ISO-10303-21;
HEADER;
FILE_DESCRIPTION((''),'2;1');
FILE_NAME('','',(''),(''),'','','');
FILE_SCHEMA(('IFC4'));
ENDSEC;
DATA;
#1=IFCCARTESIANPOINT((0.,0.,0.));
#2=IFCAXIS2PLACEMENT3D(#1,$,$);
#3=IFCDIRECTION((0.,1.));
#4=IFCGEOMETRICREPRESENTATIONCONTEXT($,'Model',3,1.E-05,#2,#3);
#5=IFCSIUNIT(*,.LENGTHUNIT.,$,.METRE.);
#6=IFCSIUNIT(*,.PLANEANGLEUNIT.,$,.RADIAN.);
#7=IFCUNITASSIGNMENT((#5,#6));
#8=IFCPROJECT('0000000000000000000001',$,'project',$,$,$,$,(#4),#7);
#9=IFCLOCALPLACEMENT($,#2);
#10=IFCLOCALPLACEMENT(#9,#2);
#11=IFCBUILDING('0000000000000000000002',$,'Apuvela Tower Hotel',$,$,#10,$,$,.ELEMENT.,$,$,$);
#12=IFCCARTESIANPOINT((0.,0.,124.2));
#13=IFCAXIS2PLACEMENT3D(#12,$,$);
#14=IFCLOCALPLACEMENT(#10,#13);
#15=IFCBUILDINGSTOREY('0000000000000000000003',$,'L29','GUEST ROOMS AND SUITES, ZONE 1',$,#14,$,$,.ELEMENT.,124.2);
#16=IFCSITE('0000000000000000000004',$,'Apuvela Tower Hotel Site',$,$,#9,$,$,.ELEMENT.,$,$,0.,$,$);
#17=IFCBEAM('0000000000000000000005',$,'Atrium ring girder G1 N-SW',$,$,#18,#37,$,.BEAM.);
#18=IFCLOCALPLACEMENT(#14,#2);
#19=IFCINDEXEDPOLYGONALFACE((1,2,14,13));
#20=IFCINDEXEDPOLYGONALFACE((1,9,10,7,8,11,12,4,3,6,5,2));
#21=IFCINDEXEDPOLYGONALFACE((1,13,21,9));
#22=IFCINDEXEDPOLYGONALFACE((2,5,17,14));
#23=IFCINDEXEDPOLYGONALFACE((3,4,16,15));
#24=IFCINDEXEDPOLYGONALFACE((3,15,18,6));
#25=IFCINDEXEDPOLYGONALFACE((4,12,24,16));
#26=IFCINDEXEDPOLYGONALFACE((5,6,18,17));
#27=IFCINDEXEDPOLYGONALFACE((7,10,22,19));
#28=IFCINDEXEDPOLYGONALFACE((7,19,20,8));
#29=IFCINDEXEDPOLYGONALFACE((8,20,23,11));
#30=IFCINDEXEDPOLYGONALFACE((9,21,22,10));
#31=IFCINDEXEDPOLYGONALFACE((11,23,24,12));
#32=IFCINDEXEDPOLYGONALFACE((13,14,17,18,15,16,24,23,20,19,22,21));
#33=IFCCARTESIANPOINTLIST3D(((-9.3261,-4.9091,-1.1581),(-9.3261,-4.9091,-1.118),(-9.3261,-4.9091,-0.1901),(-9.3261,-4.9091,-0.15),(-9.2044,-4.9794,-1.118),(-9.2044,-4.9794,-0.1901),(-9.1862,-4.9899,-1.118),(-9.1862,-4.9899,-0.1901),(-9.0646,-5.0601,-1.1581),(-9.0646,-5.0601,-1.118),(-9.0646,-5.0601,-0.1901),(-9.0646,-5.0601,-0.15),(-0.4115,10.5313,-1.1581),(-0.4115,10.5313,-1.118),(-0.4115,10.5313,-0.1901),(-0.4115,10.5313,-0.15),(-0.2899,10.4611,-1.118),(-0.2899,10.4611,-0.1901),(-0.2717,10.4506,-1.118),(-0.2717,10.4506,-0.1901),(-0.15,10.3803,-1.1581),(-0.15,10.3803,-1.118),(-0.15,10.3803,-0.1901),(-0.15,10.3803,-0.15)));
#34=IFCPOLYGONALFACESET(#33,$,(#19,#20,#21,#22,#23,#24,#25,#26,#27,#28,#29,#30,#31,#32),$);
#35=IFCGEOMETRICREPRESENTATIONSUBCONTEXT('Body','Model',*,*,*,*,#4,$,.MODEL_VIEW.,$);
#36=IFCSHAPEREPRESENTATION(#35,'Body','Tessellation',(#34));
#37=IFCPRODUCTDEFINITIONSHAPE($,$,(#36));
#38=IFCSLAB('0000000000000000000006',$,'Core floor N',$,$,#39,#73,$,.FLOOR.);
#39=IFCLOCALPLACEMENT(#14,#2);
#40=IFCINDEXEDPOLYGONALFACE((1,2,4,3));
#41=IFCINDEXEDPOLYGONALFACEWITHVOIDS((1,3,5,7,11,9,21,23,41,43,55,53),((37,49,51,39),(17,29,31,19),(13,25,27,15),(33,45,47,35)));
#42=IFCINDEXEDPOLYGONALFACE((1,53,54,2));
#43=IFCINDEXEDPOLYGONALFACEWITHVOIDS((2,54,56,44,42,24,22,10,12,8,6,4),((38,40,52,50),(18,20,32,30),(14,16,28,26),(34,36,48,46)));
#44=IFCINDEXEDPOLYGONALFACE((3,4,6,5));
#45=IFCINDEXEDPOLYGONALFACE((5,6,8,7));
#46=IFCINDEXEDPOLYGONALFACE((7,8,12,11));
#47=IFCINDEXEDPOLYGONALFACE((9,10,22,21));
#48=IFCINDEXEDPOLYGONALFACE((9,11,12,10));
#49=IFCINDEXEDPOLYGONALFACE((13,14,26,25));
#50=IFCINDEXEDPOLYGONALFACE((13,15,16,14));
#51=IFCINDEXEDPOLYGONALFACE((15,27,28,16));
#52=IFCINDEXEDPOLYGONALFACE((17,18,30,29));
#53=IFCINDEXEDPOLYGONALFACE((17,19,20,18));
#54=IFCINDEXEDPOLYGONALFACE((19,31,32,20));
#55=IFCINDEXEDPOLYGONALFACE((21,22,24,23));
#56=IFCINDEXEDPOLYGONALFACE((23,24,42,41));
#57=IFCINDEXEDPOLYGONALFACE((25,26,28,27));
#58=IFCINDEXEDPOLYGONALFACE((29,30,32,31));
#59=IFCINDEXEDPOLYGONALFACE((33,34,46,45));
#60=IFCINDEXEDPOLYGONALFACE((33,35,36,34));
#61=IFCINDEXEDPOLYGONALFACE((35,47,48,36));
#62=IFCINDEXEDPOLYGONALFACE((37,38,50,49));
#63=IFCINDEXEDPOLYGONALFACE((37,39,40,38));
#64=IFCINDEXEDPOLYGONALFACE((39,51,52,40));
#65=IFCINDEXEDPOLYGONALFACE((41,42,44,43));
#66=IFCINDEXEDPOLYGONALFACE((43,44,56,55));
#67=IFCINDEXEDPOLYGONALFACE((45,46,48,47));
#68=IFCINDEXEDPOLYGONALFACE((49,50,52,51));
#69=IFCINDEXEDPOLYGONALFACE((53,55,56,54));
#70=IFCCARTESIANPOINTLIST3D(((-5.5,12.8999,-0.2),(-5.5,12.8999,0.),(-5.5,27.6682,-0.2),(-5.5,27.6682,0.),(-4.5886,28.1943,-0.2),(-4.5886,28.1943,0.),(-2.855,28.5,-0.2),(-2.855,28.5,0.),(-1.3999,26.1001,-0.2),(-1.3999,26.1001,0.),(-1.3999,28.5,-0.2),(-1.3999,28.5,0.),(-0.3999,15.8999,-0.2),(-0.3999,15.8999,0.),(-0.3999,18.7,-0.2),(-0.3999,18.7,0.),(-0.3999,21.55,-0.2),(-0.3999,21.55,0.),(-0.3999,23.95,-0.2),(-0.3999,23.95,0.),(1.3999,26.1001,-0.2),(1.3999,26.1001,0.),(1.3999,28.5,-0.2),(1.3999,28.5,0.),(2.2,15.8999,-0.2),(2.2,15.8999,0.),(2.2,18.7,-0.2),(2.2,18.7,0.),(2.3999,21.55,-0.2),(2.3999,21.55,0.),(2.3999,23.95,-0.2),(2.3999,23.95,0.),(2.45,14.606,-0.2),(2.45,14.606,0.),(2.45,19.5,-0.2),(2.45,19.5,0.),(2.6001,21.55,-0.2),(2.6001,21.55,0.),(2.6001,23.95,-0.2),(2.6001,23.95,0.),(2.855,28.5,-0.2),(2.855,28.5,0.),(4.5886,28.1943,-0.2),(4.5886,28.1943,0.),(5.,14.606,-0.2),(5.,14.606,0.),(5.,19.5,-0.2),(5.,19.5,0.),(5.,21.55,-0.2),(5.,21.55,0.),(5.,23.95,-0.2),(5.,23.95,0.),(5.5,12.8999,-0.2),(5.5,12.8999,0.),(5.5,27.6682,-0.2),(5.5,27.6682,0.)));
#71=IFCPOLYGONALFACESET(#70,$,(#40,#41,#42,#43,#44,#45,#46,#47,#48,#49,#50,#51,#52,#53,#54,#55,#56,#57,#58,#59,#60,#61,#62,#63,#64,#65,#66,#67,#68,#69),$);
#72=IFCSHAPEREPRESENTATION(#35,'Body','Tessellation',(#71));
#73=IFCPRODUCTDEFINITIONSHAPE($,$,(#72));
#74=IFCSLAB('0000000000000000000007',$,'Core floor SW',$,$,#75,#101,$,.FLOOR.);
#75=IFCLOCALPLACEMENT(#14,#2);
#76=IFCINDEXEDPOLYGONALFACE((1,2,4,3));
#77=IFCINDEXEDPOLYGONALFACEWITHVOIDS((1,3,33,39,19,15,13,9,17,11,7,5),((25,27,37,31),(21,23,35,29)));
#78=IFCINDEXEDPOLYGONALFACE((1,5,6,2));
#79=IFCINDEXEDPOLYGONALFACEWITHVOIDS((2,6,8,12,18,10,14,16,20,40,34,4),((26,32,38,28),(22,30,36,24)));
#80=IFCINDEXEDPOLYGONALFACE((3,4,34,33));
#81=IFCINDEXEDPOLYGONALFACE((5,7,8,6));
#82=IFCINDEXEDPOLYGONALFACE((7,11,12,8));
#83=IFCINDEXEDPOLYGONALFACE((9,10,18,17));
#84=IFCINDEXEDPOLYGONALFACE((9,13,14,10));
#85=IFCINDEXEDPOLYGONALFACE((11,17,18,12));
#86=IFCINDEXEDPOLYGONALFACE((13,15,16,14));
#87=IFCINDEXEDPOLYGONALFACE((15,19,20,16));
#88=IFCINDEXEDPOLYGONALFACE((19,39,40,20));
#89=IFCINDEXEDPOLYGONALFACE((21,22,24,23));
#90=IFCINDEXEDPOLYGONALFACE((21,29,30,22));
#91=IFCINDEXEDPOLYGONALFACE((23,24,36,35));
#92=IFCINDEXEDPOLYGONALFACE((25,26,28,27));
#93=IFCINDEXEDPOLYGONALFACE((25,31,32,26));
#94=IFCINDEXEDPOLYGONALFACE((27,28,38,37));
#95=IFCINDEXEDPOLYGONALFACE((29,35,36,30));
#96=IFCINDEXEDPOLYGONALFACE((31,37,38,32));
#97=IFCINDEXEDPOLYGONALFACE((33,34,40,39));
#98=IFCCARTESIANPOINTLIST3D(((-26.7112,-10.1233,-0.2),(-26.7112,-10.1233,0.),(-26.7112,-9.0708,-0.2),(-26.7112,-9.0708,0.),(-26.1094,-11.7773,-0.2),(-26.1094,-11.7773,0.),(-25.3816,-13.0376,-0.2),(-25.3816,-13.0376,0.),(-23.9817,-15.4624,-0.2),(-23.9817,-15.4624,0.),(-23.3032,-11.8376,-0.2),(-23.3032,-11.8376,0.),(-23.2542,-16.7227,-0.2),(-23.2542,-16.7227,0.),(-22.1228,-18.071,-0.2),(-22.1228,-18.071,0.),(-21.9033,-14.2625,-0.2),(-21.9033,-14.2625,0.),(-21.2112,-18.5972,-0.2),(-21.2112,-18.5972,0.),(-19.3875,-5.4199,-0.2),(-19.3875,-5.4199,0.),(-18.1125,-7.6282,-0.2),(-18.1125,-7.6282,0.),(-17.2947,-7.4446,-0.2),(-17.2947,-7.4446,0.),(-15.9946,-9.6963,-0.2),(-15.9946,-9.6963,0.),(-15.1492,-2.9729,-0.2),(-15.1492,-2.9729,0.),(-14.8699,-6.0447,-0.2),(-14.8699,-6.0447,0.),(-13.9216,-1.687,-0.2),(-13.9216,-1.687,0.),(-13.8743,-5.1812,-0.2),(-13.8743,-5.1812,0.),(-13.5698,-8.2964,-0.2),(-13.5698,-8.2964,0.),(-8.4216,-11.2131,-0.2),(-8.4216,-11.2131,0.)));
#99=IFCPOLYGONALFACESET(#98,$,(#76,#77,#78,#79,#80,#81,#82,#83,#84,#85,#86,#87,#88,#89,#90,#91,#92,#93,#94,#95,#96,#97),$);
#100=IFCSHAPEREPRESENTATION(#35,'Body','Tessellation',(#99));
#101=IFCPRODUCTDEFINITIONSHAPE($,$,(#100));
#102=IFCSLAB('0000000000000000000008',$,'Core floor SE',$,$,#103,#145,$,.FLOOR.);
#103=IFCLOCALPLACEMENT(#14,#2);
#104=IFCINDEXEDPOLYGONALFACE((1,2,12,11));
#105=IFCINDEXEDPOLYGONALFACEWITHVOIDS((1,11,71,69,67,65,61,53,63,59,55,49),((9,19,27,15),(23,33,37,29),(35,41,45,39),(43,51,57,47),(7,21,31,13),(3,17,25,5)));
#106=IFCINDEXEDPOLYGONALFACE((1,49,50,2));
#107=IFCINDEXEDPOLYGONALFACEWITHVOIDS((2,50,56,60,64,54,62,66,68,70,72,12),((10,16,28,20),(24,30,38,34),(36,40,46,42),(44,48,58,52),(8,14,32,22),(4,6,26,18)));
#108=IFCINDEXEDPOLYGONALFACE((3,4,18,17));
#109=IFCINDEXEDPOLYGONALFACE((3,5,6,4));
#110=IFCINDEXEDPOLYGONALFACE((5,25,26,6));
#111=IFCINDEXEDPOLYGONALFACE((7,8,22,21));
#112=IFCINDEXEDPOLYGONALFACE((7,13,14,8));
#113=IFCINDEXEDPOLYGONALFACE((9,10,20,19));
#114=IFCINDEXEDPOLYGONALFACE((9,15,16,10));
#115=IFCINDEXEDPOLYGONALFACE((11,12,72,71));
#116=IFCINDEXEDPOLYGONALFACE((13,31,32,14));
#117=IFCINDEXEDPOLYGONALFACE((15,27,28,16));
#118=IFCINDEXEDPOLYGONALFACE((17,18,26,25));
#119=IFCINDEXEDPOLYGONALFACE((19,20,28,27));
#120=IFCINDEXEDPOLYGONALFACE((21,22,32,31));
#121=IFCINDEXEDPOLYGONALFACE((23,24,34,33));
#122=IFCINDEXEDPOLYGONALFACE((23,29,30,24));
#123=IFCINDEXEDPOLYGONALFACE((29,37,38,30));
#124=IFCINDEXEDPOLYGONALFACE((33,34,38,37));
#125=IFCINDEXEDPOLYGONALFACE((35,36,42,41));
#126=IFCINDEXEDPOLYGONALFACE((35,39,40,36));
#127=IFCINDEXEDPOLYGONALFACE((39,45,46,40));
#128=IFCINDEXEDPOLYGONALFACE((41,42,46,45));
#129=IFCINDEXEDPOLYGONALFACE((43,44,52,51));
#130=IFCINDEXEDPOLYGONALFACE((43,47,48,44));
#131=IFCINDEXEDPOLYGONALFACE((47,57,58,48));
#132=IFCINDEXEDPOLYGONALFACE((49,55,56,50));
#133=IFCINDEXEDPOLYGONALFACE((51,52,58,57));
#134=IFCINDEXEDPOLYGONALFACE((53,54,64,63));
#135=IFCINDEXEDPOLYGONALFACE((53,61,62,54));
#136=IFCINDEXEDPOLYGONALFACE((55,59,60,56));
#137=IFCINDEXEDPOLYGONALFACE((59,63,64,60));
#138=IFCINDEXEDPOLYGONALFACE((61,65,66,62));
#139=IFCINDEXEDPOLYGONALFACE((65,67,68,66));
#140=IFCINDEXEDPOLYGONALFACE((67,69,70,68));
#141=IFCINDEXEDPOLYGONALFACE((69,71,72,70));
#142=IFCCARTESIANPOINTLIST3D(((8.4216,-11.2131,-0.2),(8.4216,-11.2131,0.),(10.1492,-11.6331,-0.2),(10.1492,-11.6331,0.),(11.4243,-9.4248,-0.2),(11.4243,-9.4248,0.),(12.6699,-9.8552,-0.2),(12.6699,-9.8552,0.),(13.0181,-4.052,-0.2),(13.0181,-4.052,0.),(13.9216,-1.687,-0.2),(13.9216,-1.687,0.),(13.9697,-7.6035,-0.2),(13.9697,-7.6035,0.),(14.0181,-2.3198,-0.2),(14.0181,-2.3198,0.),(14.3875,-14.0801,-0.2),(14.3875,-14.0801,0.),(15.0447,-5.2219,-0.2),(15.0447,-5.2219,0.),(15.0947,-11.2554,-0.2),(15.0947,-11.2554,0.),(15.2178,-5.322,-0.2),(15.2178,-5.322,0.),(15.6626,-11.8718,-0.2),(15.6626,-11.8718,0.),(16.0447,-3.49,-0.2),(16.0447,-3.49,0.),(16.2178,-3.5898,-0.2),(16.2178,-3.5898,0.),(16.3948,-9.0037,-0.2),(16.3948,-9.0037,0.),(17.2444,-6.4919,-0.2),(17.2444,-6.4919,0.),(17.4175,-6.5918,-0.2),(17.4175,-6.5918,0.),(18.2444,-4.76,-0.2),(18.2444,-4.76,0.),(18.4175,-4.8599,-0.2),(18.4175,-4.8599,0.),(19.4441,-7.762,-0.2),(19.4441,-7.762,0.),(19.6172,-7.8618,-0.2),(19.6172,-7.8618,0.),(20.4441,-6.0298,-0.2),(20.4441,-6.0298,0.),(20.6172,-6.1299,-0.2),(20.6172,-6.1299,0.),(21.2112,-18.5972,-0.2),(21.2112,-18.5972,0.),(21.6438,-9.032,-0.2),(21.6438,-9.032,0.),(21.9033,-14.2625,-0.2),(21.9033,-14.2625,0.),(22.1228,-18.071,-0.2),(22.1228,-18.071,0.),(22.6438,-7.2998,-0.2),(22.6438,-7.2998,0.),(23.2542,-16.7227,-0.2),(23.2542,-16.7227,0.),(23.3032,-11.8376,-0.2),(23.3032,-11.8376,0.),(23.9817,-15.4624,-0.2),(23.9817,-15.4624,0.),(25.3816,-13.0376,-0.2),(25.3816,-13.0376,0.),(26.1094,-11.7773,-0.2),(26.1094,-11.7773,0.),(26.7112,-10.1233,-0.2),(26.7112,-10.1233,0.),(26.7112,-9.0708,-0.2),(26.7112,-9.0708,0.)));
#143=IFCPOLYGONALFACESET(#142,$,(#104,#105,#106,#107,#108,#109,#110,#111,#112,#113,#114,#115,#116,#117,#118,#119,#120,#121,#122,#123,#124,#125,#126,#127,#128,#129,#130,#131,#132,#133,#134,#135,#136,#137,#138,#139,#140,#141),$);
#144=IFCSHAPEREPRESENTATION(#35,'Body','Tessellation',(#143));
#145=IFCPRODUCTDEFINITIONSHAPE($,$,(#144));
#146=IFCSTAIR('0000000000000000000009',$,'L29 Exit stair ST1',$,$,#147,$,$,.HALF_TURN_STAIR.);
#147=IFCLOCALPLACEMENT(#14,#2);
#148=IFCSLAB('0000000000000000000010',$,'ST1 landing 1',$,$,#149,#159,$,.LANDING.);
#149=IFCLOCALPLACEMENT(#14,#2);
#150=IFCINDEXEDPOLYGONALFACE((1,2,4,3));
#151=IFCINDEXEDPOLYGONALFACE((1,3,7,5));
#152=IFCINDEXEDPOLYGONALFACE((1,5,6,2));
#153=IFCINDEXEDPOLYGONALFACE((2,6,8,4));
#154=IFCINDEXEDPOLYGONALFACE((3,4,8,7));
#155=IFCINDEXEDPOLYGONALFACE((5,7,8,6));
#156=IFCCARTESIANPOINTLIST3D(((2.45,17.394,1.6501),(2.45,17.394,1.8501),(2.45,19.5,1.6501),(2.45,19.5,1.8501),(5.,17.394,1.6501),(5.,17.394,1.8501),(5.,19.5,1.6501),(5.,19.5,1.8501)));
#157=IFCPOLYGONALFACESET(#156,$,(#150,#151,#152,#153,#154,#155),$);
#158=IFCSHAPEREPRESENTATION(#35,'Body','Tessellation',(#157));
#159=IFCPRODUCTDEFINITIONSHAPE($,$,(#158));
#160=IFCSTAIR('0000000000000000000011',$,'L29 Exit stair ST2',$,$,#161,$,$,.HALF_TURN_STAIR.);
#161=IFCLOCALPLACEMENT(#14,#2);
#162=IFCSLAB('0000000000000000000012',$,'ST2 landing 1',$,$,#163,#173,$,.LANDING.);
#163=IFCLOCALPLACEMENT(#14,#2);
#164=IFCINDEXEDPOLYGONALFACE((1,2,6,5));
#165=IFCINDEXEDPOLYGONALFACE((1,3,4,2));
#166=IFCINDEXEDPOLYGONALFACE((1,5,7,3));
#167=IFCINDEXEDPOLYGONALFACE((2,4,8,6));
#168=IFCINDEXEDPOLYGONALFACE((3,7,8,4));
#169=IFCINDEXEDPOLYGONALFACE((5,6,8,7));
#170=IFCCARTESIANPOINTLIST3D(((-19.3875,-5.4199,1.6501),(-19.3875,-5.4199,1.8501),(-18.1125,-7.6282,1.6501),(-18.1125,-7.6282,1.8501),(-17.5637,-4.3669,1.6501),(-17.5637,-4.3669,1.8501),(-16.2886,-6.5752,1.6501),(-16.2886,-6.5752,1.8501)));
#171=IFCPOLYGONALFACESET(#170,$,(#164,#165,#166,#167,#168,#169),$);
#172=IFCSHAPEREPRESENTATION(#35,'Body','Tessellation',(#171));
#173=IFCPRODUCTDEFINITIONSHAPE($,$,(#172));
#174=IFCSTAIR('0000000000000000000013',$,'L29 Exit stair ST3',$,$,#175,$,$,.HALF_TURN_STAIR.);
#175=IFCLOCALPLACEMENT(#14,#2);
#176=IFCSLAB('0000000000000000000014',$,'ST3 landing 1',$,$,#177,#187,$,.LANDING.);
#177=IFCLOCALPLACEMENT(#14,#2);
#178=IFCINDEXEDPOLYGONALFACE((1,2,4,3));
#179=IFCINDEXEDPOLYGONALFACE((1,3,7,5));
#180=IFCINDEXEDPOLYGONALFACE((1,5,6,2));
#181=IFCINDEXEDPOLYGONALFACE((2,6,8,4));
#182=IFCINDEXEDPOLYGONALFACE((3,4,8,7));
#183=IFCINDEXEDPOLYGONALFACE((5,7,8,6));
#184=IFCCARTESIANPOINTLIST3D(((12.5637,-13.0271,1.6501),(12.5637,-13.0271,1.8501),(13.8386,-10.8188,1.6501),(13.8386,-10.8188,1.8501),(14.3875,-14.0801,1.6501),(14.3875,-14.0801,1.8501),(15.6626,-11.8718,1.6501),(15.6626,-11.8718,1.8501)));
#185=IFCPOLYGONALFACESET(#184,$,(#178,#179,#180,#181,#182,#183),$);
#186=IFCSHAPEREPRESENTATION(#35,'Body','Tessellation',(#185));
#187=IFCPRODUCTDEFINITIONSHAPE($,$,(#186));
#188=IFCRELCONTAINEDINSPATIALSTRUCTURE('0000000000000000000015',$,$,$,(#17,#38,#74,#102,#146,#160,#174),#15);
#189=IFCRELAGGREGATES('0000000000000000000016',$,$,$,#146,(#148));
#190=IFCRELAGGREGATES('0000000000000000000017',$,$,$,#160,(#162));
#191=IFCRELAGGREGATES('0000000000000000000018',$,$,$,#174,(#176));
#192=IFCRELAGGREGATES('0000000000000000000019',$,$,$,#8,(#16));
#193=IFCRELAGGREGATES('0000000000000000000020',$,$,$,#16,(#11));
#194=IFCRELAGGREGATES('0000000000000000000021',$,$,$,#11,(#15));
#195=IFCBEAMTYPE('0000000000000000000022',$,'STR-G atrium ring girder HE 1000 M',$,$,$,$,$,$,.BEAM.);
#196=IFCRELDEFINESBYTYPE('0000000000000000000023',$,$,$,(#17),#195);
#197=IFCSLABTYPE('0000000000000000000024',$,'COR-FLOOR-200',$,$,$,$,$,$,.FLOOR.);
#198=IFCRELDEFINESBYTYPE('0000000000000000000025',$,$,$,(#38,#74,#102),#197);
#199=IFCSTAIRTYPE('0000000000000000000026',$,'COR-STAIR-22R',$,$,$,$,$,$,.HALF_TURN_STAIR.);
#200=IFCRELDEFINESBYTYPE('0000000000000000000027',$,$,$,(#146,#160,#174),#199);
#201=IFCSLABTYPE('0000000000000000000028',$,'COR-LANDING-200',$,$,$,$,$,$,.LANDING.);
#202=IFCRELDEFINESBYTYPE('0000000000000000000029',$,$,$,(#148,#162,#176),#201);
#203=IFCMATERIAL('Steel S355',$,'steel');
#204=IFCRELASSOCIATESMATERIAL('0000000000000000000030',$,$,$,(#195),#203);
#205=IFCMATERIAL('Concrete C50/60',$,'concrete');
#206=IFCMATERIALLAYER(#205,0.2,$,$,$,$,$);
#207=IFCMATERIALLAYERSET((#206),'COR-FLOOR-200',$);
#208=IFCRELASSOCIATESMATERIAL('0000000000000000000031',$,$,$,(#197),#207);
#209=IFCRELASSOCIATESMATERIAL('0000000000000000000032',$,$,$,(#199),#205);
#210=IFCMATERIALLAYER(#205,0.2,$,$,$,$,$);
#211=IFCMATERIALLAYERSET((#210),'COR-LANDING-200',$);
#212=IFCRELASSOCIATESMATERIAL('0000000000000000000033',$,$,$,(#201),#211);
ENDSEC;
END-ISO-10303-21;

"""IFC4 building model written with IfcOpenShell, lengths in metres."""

from ifc_helpers import new_model, si_unit, direction, frame, origin, origin_2d, place, context, subcontext, project, spatial, polyline, i_section, outline, extrude, material, layer, layer_set, material_profile, profile_set, type_object, element, aggregate, save


model = new_model("IFC4")

# Units and contexts
model_context = context("Model", 3, precision=1e-05, world=origin(), true_north=direction((0.0, 1.0)))
body_context = subcontext(model_context, "Body", "Model", "MODEL_VIEW")
ifc_project = project(units=[si_unit("LENGTHUNIT", "METRE"), si_unit("PLANEANGLEUNIT", "RADIAN")], contexts=[model_context])

# Site, building, storey
site_placement = place(None, origin())
site = spatial("IfcSite", under=ifc_project, at=site_placement, Name="Apuvela Tower Hotel Site", CompositionType="ELEMENT", RefElevation=0.0)
building_placement = place(site_placement, origin())
building = spatial("IfcBuilding", under=site, at=building_placement, Name="Apuvela Tower Hotel", CompositionType="ELEMENT")
storey_placement = place(building_placement, frame((0.0, 0.0, 124.2)))
storey = spatial("IfcBuildingStorey", under=building, at=storey_placement, Name="L29", Description="GUEST ROOMS AND SUITES, ZONE 1", CompositionType="ELEMENT", Elevation=124.2)

# Beam
ifc_material_1 = material(Name="Steel S355", Category="steel")
ifc_material_profile = material_profile(ifc_material_1, i_section(OverallWidth=0.302, OverallDepth=1.0081, WebThickness=0.021, FlangeThickness=0.04, at=origin_2d()), Name="HE 1000 M")
ifc_profile_set = profile_set([ifc_material_profile], Name="Steel S355")
beam_type = type_object("IfcBeamType", Name="STR-G atrium ring girder HE 1000 M", PredefinedType="BEAM", material=ifc_profile_set)
beam_placement = place(storey_placement, frame((-0.2808, 10.4558, -0.6541), z_axis=(-0.500001, -0.866025, 0.0), x_axis=(0.866025, -0.500001, 0.0)))
element("IfcBeam", 1, at=beam_placement, inside=storey, type_object=beam_type, Name="Atrium ring girder G1 N-SW", PredefinedType="BEAM", context=body_context, shape_type="SweptSolid", body=[
    extrude(i_section(OverallWidth=0.302, OverallDepth=1.0081, WebThickness=0.021, FlangeThickness=0.04, at=origin_2d()), origin(), (0.0, 0.0, 1.0), 17.8291),
])

# Slabs
ifc_material_2 = material(Name="Concrete C50/60", Category="concrete")
ifc_layer_1 = layer(ifc_material_2, 0.2)
ifc_layer_set_1 = layer_set([ifc_layer_1], Name="COR-FLOOR-200")
slab_type_1 = type_object("IfcSlabType", Name="COR-FLOOR-200", PredefinedType="FLOOR", material=ifc_layer_set_1)
slab_1_placement = place(storey_placement, frame((0.0, 0.0, -0.2)))
element("IfcSlab", 2, at=slab_1_placement, inside=storey, type_object=slab_type_1, Name="Core floor N", PredefinedType="FLOOR", context=body_context, shape_type="SweptSolid", body=[
    extrude(outline(polyline([(5.5, 27.6682), (4.5886, 28.1943), (2.855, 28.5), (1.3999, 28.5), (1.3999, 26.1001), (-1.3999, 26.1001), (-1.3999, 28.5), (-2.855, 28.5), (-4.5886, 28.1943), (-5.5, 27.6682), (-5.5, 12.8999), (5.5, 12.8999), (5.5, 27.6682)]), holes=[polyline([(5.0, 14.606), (2.45, 14.606), (2.45, 19.5), (5.0, 19.5), (5.0, 14.606)]), polyline([(2.2, 15.8999), (-0.3999, 15.8999), (-0.3999, 18.7), (2.2, 18.7), (2.2, 15.8999)]), polyline([(5.0, 21.55), (2.6001, 21.55), (2.6001, 23.95), (5.0, 23.95), (5.0, 21.55)]), polyline([(2.3999, 21.55), (-0.3999, 21.55), (-0.3999, 23.95), (2.3999, 23.95), (2.3999, 21.55)])]), origin(), (0.0, 0.0, 1.0), 0.2),
])
slab_2_placement = place(storey_placement, frame((0.0, 0.0, -0.2)))
element("IfcSlab", 3, at=slab_2_placement, inside=storey, type_object=slab_type_1, Name="Core floor SW", PredefinedType="FLOOR", context=body_context, shape_type="SweptSolid", body=[
    extrude(outline(polyline([(-26.7112, -9.0708), (-26.7112, -10.1233), (-26.1094, -11.7773), (-25.3816, -13.0376), (-23.3032, -11.8376), (-21.9033, -14.2625), (-23.9817, -15.4624), (-23.2542, -16.7227), (-22.1228, -18.071), (-21.2112, -18.5972), (-8.4216, -11.2131), (-13.9216, -1.687), (-26.7112, -9.0708)]), holes=[polyline([(-13.8743, -5.1812), (-18.1125, -7.6282), (-19.3875, -5.4199), (-15.1492, -2.9729), (-13.8743, -5.1812)]), polyline([(-13.5698, -8.2964), (-15.9946, -9.6963), (-17.2947, -7.4446), (-14.8699, -6.0447), (-13.5698, -8.2964)])]), origin(), (0.0, 0.0, 1.0), 0.2),
])
slab_3_placement = place(storey_placement, frame((0.0, 0.0, -0.2)))
element("IfcSlab", 4, at=slab_3_placement, inside=storey, type_object=slab_type_1, Name="Core floor SE", PredefinedType="FLOOR", context=body_context, shape_type="SweptSolid", body=[
    extrude(outline(polyline([(21.2112, -18.5972), (22.1228, -18.071), (23.2542, -16.7227), (23.9817, -15.4624), (21.9033, -14.2625), (23.3032, -11.8376), (25.3816, -13.0376), (26.1094, -11.7773), (26.7112, -10.1233), (26.7112, -9.0708), (13.9216, -1.687), (8.4216, -11.2131), (21.2112, -18.5972)]), holes=[polyline([(13.0181, -4.052), (14.0181, -2.3198), (16.0447, -3.49), (15.0447, -5.2219), (13.0181, -4.052)]), polyline([(17.2444, -6.4919), (15.2178, -5.322), (16.2178, -3.5898), (18.2444, -4.76), (17.2444, -6.4919)]), polyline([(14.3875, -14.0801), (10.1492, -11.6331), (11.4243, -9.4248), (15.6626, -11.8718), (14.3875, -14.0801)]), polyline([(12.6699, -9.8552), (13.9697, -7.6035), (16.3948, -9.0037), (15.0947, -11.2554), (12.6699, -9.8552)]), polyline([(19.4441, -7.762), (17.4175, -6.5918), (18.4175, -4.8599), (20.4441, -6.0298), (19.4441, -7.762)]), polyline([(21.6438, -9.032), (19.6172, -7.8618), (20.6172, -6.1299), (22.6438, -7.2998), (21.6438, -9.032)])]), origin(), (0.0, 0.0, 1.0), 0.2),
])

# Stairs, slabs
stair_type = type_object("IfcStairType", Name="COR-STAIR-22R", PredefinedType="HALF_TURN_STAIR", material=ifc_material_2)
stair_1_placement = place(storey_placement, origin())
stair_1 = element("IfcStair", 5, at=stair_1_placement, inside=storey, type_object=stair_type, Name="L29 Exit stair ST1", PredefinedType="HALF_TURN_STAIR")
ifc_layer_2 = layer(ifc_material_2, 0.2)
ifc_layer_set_2 = layer_set([ifc_layer_2], Name="COR-LANDING-200")
slab_type_2 = type_object("IfcSlabType", Name="COR-LANDING-200", PredefinedType="LANDING", material=ifc_layer_set_2)
slab_4_placement = place(storey_placement, frame((0.0, 0.0, 1.6501)))
slab_4 = element("IfcSlab", 6, at=slab_4_placement, type_object=slab_type_2, Name="ST1 landing 1", PredefinedType="LANDING", context=body_context, shape_type="SweptSolid", body=[
    extrude(outline(polyline([(5.0, 17.394), (5.0, 19.5), (2.45, 19.5), (2.45, 17.394), (5.0, 17.394)])), origin(), (0.0, 0.0, 1.0), 0.2),
])
aggregate(stair_1, [slab_4])
stair_2_placement = place(storey_placement, origin())
stair_2 = element("IfcStair", 7, at=stair_2_placement, inside=storey, type_object=stair_type, Name="L29 Exit stair ST2", PredefinedType="HALF_TURN_STAIR")
slab_5_placement = place(storey_placement, frame((0.0, 0.0, 1.6501)))
slab_5 = element("IfcSlab", 8, at=slab_5_placement, type_object=slab_type_2, Name="ST2 landing 1", PredefinedType="LANDING", context=body_context, shape_type="SweptSolid", body=[
    extrude(outline(polyline([(-17.5637, -4.3669), (-19.3875, -5.4199), (-18.1125, -7.6282), (-16.2886, -6.5752), (-17.5637, -4.3669)])), origin(), (0.0, 0.0, 1.0), 0.2),
])
aggregate(stair_2, [slab_5])
stair_3_placement = place(storey_placement, origin())
stair_3 = element("IfcStair", 9, at=stair_3_placement, inside=storey, type_object=stair_type, Name="L29 Exit stair ST3", PredefinedType="HALF_TURN_STAIR")
slab_6_placement = place(storey_placement, frame((0.0, 0.0, 1.6501)))
slab_6 = element("IfcSlab", 10, at=slab_6_placement, type_object=slab_type_2, Name="ST3 landing 1", PredefinedType="LANDING", context=body_context, shape_type="SweptSolid", body=[
    extrude(outline(polyline([(12.5637, -13.0271), (14.3875, -14.0801), (15.6626, -11.8718), (13.8386, -10.8188), (12.5637, -13.0271)])), origin(), (0.0, 0.0, 1.0), 0.2),
])
aggregate(stair_3, [slab_6])

save(model, "model.ifc")
